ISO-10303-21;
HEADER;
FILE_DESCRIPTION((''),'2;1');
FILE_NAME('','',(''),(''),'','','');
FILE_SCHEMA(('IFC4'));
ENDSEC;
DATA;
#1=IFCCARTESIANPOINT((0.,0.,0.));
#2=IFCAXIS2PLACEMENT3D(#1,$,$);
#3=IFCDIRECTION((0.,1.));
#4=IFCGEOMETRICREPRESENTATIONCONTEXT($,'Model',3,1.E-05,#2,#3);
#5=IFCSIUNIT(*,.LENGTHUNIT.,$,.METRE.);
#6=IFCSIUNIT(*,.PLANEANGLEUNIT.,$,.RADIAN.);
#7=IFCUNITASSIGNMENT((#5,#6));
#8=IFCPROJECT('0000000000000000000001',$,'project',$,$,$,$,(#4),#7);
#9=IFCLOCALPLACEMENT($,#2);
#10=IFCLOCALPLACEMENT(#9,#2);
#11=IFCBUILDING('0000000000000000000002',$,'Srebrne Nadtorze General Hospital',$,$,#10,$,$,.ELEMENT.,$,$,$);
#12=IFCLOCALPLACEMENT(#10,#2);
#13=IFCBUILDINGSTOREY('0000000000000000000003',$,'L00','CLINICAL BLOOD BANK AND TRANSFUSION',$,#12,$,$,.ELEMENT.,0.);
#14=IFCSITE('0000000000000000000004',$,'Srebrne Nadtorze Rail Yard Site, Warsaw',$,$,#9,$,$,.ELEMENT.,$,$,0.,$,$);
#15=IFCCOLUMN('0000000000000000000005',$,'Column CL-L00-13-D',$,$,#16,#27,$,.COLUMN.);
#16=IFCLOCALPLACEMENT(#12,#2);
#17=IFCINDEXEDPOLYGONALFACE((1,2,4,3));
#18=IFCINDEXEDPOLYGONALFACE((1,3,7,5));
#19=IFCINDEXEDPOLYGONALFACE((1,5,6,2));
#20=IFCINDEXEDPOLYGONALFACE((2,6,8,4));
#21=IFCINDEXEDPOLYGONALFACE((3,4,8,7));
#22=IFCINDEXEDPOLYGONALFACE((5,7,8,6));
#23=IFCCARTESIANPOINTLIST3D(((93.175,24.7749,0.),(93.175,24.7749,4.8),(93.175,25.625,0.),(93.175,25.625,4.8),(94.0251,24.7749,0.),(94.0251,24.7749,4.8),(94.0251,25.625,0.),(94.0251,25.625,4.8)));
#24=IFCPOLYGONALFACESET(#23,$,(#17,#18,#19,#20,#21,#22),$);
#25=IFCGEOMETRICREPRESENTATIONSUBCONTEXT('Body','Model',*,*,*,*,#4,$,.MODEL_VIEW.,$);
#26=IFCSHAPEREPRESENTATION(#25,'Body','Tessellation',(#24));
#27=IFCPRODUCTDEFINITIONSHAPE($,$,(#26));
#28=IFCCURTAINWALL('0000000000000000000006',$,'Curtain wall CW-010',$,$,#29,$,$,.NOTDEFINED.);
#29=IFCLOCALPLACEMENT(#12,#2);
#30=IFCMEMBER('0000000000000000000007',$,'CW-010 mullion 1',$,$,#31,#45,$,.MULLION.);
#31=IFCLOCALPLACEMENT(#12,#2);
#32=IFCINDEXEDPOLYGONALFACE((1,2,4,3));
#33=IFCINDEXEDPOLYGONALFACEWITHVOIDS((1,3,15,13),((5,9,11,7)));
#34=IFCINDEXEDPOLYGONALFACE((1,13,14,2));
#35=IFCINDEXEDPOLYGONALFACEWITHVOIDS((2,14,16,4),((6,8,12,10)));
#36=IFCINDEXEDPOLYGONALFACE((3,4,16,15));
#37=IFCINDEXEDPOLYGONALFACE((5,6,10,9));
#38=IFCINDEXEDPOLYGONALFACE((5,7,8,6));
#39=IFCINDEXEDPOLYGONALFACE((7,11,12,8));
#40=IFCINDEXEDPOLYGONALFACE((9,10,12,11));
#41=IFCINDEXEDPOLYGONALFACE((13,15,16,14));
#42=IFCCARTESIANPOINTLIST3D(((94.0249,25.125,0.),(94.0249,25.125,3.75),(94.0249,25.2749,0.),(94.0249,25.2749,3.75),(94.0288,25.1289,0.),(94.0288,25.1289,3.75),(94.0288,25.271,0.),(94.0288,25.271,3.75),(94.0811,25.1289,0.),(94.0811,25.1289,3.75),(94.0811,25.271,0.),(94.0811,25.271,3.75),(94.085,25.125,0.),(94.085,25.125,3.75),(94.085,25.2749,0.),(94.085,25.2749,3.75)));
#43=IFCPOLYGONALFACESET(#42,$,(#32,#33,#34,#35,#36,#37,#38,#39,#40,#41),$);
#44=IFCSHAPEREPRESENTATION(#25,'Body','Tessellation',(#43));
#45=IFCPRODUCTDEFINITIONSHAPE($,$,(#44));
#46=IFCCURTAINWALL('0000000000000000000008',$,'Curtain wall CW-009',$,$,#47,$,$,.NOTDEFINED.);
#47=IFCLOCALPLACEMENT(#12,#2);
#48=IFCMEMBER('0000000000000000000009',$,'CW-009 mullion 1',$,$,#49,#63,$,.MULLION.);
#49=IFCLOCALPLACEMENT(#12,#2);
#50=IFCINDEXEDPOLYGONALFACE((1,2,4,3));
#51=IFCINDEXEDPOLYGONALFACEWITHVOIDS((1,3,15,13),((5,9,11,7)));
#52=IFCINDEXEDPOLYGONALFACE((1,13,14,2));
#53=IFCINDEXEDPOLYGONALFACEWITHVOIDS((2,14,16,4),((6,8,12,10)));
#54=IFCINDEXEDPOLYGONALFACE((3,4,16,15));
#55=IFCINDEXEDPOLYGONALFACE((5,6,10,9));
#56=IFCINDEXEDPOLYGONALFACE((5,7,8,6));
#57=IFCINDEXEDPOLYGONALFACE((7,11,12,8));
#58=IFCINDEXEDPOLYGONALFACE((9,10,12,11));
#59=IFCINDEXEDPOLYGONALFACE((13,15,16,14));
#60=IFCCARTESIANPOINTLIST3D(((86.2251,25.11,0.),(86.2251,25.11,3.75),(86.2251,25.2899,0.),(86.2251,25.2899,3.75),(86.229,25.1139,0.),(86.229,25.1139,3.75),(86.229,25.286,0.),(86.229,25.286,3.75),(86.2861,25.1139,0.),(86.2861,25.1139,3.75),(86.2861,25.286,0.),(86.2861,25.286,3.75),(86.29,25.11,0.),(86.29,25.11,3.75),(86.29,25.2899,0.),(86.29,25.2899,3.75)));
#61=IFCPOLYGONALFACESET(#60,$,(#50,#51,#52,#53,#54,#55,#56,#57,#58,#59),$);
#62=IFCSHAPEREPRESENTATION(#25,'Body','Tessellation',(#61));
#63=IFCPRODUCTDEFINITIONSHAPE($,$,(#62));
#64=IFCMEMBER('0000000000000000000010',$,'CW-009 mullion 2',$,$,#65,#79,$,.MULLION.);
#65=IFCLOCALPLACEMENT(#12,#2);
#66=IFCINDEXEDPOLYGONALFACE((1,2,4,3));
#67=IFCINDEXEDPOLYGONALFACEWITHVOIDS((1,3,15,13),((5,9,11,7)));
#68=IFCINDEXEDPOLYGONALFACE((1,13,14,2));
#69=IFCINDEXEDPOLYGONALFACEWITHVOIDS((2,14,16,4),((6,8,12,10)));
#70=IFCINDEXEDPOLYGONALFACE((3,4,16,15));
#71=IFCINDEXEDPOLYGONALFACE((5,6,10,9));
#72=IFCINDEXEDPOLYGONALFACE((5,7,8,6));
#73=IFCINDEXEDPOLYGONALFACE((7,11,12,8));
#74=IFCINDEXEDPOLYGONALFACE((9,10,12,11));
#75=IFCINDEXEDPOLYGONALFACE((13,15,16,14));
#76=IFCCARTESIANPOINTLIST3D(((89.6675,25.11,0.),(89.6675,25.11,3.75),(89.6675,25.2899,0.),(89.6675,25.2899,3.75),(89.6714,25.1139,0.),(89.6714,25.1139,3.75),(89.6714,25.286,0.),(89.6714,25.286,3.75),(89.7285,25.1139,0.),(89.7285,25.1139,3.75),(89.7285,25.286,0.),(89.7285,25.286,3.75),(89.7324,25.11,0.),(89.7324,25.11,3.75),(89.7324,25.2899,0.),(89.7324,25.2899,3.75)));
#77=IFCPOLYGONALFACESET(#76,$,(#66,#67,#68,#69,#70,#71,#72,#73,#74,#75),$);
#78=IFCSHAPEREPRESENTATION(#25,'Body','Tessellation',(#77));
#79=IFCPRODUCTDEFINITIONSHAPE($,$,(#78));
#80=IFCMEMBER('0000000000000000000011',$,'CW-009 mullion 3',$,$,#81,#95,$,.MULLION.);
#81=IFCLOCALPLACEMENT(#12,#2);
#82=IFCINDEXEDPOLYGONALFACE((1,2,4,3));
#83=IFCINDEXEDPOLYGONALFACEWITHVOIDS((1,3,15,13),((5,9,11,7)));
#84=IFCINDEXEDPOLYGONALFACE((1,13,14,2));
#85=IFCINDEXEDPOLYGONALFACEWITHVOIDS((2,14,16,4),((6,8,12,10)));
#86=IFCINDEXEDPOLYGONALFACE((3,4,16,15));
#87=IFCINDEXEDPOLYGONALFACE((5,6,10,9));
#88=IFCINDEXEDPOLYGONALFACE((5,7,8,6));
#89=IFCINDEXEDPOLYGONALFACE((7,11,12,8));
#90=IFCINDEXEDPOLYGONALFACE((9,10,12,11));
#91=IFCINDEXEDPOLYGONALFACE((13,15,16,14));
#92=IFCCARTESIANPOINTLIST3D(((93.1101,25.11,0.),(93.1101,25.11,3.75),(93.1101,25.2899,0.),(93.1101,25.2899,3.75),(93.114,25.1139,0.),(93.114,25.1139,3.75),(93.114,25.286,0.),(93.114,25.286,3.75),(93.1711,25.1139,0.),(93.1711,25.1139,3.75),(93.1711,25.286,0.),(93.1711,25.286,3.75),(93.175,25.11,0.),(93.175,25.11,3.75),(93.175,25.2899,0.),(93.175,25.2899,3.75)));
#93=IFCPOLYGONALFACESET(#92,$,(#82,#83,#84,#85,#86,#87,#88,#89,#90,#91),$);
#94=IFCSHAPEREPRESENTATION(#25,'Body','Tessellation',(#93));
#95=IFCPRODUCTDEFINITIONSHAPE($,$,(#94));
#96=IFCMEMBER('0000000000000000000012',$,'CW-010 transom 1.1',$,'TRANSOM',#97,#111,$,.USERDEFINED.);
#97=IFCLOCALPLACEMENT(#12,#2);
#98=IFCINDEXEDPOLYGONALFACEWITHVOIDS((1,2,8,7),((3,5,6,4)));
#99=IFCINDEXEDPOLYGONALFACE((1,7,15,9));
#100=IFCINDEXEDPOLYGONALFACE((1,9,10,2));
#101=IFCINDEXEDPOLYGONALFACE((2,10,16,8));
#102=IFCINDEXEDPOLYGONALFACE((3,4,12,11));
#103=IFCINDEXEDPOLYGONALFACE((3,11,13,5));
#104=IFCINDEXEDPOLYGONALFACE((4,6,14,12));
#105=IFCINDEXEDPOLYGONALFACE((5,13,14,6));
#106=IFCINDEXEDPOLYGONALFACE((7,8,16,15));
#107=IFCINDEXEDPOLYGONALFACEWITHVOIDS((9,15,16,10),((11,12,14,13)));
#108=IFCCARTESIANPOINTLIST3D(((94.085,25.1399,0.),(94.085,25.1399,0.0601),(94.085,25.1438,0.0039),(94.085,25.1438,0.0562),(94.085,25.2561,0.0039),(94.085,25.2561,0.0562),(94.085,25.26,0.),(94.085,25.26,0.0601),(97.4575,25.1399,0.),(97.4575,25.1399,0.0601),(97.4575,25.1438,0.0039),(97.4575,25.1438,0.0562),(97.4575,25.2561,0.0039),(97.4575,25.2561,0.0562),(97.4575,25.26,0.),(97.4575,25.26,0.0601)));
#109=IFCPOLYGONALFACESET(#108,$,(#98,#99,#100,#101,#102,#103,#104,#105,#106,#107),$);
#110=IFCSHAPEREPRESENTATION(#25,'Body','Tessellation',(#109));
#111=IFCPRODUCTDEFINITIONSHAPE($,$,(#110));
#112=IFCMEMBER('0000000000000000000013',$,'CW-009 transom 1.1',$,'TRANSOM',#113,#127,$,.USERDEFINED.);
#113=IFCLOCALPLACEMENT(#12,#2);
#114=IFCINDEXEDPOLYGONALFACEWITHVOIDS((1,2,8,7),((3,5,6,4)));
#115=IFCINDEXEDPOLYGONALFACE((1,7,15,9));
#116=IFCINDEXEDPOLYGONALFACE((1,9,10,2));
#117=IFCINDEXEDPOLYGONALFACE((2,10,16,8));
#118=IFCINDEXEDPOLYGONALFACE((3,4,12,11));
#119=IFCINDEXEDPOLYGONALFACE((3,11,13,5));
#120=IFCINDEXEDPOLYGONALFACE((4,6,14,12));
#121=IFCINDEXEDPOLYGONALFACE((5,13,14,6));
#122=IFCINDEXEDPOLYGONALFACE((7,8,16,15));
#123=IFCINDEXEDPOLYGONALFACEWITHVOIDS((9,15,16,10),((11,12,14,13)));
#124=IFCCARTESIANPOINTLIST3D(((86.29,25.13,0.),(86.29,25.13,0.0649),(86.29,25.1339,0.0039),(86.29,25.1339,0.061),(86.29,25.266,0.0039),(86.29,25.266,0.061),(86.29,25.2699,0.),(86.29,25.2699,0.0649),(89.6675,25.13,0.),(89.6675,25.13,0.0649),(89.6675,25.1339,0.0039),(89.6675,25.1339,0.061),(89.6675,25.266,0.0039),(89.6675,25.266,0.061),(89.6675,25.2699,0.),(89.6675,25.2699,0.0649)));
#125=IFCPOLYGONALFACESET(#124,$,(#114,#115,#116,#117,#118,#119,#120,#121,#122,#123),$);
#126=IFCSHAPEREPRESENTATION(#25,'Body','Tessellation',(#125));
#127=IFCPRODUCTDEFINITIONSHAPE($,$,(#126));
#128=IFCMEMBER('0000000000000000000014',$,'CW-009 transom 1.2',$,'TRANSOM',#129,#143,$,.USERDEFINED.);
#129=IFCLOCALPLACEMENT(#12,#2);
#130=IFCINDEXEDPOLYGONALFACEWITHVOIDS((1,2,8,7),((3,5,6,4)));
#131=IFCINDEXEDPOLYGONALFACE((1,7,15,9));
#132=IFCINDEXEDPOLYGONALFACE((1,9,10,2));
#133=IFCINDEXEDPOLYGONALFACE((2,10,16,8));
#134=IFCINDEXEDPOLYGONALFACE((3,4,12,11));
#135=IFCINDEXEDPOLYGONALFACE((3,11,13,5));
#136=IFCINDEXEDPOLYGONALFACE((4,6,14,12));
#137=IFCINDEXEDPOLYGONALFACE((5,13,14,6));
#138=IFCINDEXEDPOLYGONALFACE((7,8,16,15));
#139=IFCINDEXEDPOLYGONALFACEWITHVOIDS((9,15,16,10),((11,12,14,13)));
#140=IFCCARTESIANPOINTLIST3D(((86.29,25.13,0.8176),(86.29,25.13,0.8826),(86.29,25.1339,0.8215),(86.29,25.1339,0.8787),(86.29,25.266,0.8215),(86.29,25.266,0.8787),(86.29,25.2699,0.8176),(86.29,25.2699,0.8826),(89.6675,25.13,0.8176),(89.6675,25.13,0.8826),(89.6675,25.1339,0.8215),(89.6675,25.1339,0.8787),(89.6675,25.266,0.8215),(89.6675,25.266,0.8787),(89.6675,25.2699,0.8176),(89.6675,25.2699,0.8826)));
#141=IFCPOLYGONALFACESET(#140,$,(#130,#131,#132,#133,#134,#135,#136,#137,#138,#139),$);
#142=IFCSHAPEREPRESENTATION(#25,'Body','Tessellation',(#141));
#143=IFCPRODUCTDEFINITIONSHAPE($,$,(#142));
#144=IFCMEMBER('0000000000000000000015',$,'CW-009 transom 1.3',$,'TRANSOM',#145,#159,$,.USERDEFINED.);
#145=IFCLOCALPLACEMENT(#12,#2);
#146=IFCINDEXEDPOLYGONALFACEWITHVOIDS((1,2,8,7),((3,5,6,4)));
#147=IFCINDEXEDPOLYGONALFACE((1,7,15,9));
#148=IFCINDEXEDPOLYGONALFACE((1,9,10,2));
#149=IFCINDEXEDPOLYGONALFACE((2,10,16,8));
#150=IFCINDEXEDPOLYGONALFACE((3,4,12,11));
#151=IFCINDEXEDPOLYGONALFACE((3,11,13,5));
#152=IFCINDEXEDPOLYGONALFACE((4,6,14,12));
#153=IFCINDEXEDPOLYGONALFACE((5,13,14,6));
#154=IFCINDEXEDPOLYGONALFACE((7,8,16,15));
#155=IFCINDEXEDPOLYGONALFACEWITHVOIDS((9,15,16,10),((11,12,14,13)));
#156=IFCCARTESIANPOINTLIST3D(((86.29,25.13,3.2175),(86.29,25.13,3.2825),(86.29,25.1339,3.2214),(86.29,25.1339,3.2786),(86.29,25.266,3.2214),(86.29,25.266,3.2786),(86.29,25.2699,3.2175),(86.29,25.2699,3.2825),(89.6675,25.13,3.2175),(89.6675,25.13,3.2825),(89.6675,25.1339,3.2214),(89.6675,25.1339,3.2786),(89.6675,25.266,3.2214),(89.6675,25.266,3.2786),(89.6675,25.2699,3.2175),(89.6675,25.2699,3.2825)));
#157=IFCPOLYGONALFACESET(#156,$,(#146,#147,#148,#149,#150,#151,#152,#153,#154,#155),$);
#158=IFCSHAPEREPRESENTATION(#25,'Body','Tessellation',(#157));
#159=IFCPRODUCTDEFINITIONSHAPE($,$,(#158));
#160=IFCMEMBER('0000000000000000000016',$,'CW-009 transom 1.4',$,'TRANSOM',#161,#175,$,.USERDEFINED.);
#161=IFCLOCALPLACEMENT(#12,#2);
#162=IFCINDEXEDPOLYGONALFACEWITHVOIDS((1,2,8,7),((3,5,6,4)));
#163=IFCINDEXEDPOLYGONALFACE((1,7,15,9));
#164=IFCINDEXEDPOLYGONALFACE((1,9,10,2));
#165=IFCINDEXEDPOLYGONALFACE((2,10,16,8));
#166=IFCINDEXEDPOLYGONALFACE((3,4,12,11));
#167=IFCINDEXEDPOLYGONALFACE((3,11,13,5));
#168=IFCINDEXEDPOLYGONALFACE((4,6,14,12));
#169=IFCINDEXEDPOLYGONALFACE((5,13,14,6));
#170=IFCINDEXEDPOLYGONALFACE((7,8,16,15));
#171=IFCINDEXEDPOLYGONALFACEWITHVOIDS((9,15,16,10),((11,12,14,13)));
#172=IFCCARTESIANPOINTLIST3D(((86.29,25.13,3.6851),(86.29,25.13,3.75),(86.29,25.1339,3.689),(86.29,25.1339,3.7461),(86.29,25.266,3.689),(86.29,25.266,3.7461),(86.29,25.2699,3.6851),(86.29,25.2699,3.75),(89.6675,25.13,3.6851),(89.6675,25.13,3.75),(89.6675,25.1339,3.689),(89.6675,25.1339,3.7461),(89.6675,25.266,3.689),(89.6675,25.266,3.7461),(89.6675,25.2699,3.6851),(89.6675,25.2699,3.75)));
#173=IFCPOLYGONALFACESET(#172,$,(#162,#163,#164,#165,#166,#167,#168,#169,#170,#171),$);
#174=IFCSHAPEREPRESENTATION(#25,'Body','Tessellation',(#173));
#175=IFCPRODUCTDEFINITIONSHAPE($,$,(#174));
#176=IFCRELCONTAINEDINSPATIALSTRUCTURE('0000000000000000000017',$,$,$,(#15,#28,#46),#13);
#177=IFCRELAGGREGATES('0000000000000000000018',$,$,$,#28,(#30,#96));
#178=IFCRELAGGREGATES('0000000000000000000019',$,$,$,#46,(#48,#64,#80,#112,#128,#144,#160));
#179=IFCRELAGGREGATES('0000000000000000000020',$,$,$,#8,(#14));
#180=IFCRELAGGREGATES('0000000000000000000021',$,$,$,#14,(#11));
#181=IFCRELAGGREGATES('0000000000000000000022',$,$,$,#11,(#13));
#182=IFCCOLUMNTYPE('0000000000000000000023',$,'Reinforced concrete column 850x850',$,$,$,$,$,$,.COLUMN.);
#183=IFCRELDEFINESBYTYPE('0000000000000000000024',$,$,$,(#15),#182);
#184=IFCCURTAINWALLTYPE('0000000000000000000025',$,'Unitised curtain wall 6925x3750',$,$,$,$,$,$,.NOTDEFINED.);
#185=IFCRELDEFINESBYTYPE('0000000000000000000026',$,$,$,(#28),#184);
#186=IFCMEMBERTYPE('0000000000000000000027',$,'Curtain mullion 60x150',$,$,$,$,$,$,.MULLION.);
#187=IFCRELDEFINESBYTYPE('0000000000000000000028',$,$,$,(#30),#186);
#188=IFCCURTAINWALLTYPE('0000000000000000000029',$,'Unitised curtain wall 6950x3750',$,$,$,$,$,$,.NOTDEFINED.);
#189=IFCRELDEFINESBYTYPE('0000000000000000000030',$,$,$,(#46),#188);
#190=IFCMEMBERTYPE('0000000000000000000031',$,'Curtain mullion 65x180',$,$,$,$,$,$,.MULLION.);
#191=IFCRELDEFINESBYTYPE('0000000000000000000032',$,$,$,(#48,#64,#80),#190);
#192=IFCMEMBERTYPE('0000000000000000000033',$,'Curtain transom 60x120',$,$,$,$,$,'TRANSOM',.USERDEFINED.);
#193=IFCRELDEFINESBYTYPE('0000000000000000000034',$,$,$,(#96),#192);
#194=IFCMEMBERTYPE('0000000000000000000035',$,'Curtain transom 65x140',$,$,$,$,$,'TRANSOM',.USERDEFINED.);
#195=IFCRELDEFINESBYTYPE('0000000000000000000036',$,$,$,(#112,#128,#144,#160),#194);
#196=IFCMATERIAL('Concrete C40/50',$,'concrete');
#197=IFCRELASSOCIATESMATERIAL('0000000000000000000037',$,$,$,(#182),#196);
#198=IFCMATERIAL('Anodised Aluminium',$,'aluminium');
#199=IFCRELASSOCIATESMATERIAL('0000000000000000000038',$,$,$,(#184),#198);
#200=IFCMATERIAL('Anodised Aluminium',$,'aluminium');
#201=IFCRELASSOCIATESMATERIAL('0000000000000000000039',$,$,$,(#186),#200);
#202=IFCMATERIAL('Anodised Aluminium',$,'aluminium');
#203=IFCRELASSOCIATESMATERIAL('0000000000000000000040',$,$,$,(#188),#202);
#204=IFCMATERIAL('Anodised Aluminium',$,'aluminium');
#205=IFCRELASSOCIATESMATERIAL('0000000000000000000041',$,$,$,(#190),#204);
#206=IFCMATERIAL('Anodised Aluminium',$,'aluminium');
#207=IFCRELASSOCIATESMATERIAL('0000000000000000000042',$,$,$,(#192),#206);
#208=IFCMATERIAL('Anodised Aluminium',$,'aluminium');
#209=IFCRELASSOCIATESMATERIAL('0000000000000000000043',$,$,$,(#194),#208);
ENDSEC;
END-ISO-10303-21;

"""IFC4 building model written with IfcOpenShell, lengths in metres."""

from ifc_helpers import new_model, si_unit, direction, frame, origin, origin_2d, place, context, subcontext, project, spatial, rectangle, hollow_rectangle, extrude, material, material_profile, profile_set, type_object, element, aggregate, save


model = new_model("IFC4")

# Units and contexts
model_context = context("Model", 3, precision=1e-05, world=origin(), true_north=direction((0.0, 1.0)))
body_context = subcontext(model_context, "Body", "Model", "MODEL_VIEW")
ifc_project = project(units=[si_unit("LENGTHUNIT", "METRE"), si_unit("PLANEANGLEUNIT", "RADIAN")], contexts=[model_context])

# Site, building, storey
site_placement = place(None, origin())
site = spatial("IfcSite", under=ifc_project, at=site_placement, Name="Srebrne Nadtorze Rail Yard Site, Warsaw", CompositionType="ELEMENT", RefElevation=0.0)
building_placement = place(site_placement, origin())
building = spatial("IfcBuilding", under=site, at=building_placement, Name="Srebrne Nadtorze General Hospital", CompositionType="ELEMENT")
storey_placement = place(building_placement, origin())
storey = spatial("IfcBuildingStorey", under=building, at=storey_placement, Name="L00", Description="CLINICAL BLOOD BANK AND TRANSFUSION", CompositionType="ELEMENT", Elevation=0.0)

# Column
ifc_material_1 = material(Name="Concrete C40/50", Category="concrete")
ifc_material_profile_1 = material_profile(ifc_material_1, rectangle(XDim=0.8501, YDim=0.8501, at=origin_2d()), Name="RC-COL-850x850")
ifc_profile_set_1 = profile_set([ifc_material_profile_1], Name="Concrete C40/50")
column_type = type_object("IfcColumnType", Name="Reinforced concrete column 850x850", PredefinedType="COLUMN", material=ifc_profile_set_1)
column_placement = place(storey_placement, frame((93.6001, 25.2, 0.0), z_axis=(0.0, 0.0, 1.0), x_axis=(1.0, 0.0, 0.0)))
element("IfcColumn", 1, at=column_placement, inside=storey, type_object=column_type, Name="Column CL-L00-13-D", PredefinedType="COLUMN", context=body_context, shape_type="SweptSolid", body=[
    extrude(rectangle(XDim=0.8501, YDim=0.8501, at=origin_2d()), origin(), (0.0, 0.0, 1.0), 4.8),
])

# Curtain wall, member
ifc_material_2 = material(Name="Anodised Aluminium", Category="aluminium")
curtain_wall_type_1 = type_object("IfcCurtainWallType", Name="Unitised curtain wall 6925x3750", PredefinedType="NOTDEFINED", material=ifc_material_2)
curtain_wall_1_placement = place(storey_placement, origin())
curtain_wall_1 = element("IfcCurtainWall", 2, at=curtain_wall_1_placement, inside=storey, type_object=curtain_wall_type_1, Name="Curtain wall CW-010", PredefinedType="NOTDEFINED")
ifc_material_3 = material(Name="Anodised Aluminium", Category="aluminium")
ifc_material_profile_2 = material_profile(ifc_material_3, hollow_rectangle(XDim=0.0601, YDim=0.1499, WallThickness=0.0039, at=origin_2d()), Name="AL-MUL-60x150")
ifc_profile_set_2 = profile_set([ifc_material_profile_2], Name="Anodised Aluminium")
member_type_1 = type_object("IfcMemberType", Name="Curtain mullion 60x150", PredefinedType="MULLION", material=ifc_profile_set_2)
member_1_placement = place(storey_placement, frame((94.0549, 25.2, 0.0), z_axis=(0.0, 0.0, 1.0), x_axis=(1.0, 0.0, 0.0)))
member_1 = element("IfcMember", 3, at=member_1_placement, type_object=member_type_1, Name="CW-010 mullion 1", PredefinedType="MULLION", context=body_context, shape_type="SweptSolid", body=[
    extrude(hollow_rectangle(XDim=0.0601, YDim=0.1499, WallThickness=0.0039, at=origin_2d()), origin(), (0.0, 0.0, 1.0), 3.75),
])

# Curtain wall, members
ifc_material_4 = material(Name="Anodised Aluminium", Category="aluminium")
curtain_wall_type_2 = type_object("IfcCurtainWallType", Name="Unitised curtain wall 6950x3750", PredefinedType="NOTDEFINED", material=ifc_material_4)
curtain_wall_2_placement = place(storey_placement, origin())
curtain_wall_2 = element("IfcCurtainWall", 4, at=curtain_wall_2_placement, inside=storey, type_object=curtain_wall_type_2, Name="Curtain wall CW-009", PredefinedType="NOTDEFINED")
ifc_material_5 = material(Name="Anodised Aluminium", Category="aluminium")
ifc_material_profile_3 = material_profile(ifc_material_5, hollow_rectangle(XDim=0.0649, YDim=0.1799, WallThickness=0.0039, at=origin_2d()), Name="AL-MUL-65x180")
ifc_profile_set_3 = profile_set([ifc_material_profile_3], Name="Anodised Aluminium")
member_type_2 = type_object("IfcMemberType", Name="Curtain mullion 65x180", PredefinedType="MULLION", material=ifc_profile_set_3)
member_2_placement = place(storey_placement, frame((86.2576, 25.2, 0.0), z_axis=(0.0, 0.0, 1.0), x_axis=(1.0, 0.0, 0.0)))
member_2 = element("IfcMember", 5, at=member_2_placement, type_object=member_type_2, Name="CW-009 mullion 1", PredefinedType="MULLION", context=body_context, shape_type="SweptSolid", body=[
    extrude(hollow_rectangle(XDim=0.0649, YDim=0.1799, WallThickness=0.0039, at=origin_2d()), origin(), (0.0, 0.0, 1.0), 3.75),
])
member_3_placement = place(storey_placement, frame((89.7, 25.2, 0.0), z_axis=(0.0, 0.0, 1.0), x_axis=(1.0, 0.0, 0.0)))
member_3 = element("IfcMember", 6, at=member_3_placement, type_object=member_type_2, Name="CW-009 mullion 2", PredefinedType="MULLION", context=body_context, shape_type="SweptSolid", body=[
    extrude(hollow_rectangle(XDim=0.0649, YDim=0.1799, WallThickness=0.0039, at=origin_2d()), origin(), (0.0, 0.0, 1.0), 3.75),
])
member_4_placement = place(storey_placement, frame((93.1426, 25.2, 0.0), z_axis=(0.0, 0.0, 1.0), x_axis=(1.0, 0.0, 0.0)))
member_4 = element("IfcMember", 7, at=member_4_placement, type_object=member_type_2, Name="CW-009 mullion 3", PredefinedType="MULLION", context=body_context, shape_type="SweptSolid", body=[
    extrude(hollow_rectangle(XDim=0.0649, YDim=0.1799, WallThickness=0.0039, at=origin_2d()), origin(), (0.0, 0.0, 1.0), 3.75),
])

# Members
ifc_material_6 = material(Name="Anodised Aluminium", Category="aluminium")
ifc_material_profile_4 = material_profile(ifc_material_6, hollow_rectangle(XDim=0.0601, YDim=0.1201, WallThickness=0.0039, at=origin_2d()), Name="AL-TRN-60x120")
ifc_profile_set_4 = profile_set([ifc_material_profile_4], Name="Anodised Aluminium")
member_type_3 = type_object("IfcMemberType", Name="Curtain transom 60x120", ElementType="TRANSOM", PredefinedType="USERDEFINED", material=ifc_profile_set_4)
member_5_placement = place(storey_placement, frame((94.085, 25.2, 0.03), z_axis=(1.0, 0.0, 0.0), x_axis=(0.0, 0.0, 1.0)))
member_5 = element("IfcMember", 8, at=member_5_placement, type_object=member_type_3, Name="CW-010 transom 1.1", ObjectType="TRANSOM", PredefinedType="USERDEFINED", context=body_context, shape_type="SweptSolid", body=[
    extrude(hollow_rectangle(XDim=0.0601, YDim=0.1201, WallThickness=0.0039, at=origin_2d()), origin(), (0.0, 0.0, 1.0), 3.3726),
])
aggregate(curtain_wall_1, [member_1, member_5])
ifc_material_7 = material(Name="Anodised Aluminium", Category="aluminium")
ifc_material_profile_5 = material_profile(ifc_material_7, hollow_rectangle(XDim=0.0649, YDim=0.1399, WallThickness=0.0039, at=origin_2d()), Name="AL-TRN-65x140")
ifc_profile_set_5 = profile_set([ifc_material_profile_5], Name="Anodised Aluminium")
member_type_4 = type_object("IfcMemberType", Name="Curtain transom 65x140", ElementType="TRANSOM", PredefinedType="USERDEFINED", material=ifc_profile_set_5)
member_6_placement = place(storey_placement, frame((86.29, 25.2, 0.0325), z_axis=(1.0, 0.0, 0.0), x_axis=(0.0, 0.0, 1.0)))
member_6 = element("IfcMember", 9, at=member_6_placement, type_object=member_type_4, Name="CW-009 transom 1.1", ObjectType="TRANSOM", PredefinedType="USERDEFINED", context=body_context, shape_type="SweptSolid", body=[
    extrude(hollow_rectangle(XDim=0.0649, YDim=0.1399, WallThickness=0.0039, at=origin_2d()), origin(), (0.0, 0.0, 1.0), 3.3774),
])
member_7_placement = place(storey_placement, frame((86.29, 25.2, 0.8501), z_axis=(1.0, 0.0, 0.0), x_axis=(0.0, 0.0, 1.0)))
member_7 = element("IfcMember", 10, at=member_7_placement, type_object=member_type_4, Name="CW-009 transom 1.2", ObjectType="TRANSOM", PredefinedType="USERDEFINED", context=body_context, shape_type="SweptSolid", body=[
    extrude(hollow_rectangle(XDim=0.0649, YDim=0.1399, WallThickness=0.0039, at=origin_2d()), origin(), (0.0, 0.0, 1.0), 3.3774),
])
member_8_placement = place(storey_placement, frame((86.29, 25.2, 3.25), z_axis=(1.0, 0.0, 0.0), x_axis=(0.0, 0.0, 1.0)))
member_8 = element("IfcMember", 11, at=member_8_placement, type_object=member_type_4, Name="CW-009 transom 1.3", ObjectType="TRANSOM", PredefinedType="USERDEFINED", context=body_context, shape_type="SweptSolid", body=[
    extrude(hollow_rectangle(XDim=0.0649, YDim=0.1399, WallThickness=0.0039, at=origin_2d()), origin(), (0.0, 0.0, 1.0), 3.3774),
])
member_9_placement = place(storey_placement, frame((86.29, 25.2, 3.7175), z_axis=(1.0, 0.0, 0.0), x_axis=(0.0, 0.0, 1.0)))
member_9 = element("IfcMember", 12, at=member_9_placement, type_object=member_type_4, Name="CW-009 transom 1.4", ObjectType="TRANSOM", PredefinedType="USERDEFINED", context=body_context, shape_type="SweptSolid", body=[
    extrude(hollow_rectangle(XDim=0.0649, YDim=0.1399, WallThickness=0.0039, at=origin_2d()), origin(), (0.0, 0.0, 1.0), 3.3774),
])

aggregate(curtain_wall_2, [member_2, member_3, member_4, member_6, member_7, member_8, member_9])

save(model, "model.ifc")
